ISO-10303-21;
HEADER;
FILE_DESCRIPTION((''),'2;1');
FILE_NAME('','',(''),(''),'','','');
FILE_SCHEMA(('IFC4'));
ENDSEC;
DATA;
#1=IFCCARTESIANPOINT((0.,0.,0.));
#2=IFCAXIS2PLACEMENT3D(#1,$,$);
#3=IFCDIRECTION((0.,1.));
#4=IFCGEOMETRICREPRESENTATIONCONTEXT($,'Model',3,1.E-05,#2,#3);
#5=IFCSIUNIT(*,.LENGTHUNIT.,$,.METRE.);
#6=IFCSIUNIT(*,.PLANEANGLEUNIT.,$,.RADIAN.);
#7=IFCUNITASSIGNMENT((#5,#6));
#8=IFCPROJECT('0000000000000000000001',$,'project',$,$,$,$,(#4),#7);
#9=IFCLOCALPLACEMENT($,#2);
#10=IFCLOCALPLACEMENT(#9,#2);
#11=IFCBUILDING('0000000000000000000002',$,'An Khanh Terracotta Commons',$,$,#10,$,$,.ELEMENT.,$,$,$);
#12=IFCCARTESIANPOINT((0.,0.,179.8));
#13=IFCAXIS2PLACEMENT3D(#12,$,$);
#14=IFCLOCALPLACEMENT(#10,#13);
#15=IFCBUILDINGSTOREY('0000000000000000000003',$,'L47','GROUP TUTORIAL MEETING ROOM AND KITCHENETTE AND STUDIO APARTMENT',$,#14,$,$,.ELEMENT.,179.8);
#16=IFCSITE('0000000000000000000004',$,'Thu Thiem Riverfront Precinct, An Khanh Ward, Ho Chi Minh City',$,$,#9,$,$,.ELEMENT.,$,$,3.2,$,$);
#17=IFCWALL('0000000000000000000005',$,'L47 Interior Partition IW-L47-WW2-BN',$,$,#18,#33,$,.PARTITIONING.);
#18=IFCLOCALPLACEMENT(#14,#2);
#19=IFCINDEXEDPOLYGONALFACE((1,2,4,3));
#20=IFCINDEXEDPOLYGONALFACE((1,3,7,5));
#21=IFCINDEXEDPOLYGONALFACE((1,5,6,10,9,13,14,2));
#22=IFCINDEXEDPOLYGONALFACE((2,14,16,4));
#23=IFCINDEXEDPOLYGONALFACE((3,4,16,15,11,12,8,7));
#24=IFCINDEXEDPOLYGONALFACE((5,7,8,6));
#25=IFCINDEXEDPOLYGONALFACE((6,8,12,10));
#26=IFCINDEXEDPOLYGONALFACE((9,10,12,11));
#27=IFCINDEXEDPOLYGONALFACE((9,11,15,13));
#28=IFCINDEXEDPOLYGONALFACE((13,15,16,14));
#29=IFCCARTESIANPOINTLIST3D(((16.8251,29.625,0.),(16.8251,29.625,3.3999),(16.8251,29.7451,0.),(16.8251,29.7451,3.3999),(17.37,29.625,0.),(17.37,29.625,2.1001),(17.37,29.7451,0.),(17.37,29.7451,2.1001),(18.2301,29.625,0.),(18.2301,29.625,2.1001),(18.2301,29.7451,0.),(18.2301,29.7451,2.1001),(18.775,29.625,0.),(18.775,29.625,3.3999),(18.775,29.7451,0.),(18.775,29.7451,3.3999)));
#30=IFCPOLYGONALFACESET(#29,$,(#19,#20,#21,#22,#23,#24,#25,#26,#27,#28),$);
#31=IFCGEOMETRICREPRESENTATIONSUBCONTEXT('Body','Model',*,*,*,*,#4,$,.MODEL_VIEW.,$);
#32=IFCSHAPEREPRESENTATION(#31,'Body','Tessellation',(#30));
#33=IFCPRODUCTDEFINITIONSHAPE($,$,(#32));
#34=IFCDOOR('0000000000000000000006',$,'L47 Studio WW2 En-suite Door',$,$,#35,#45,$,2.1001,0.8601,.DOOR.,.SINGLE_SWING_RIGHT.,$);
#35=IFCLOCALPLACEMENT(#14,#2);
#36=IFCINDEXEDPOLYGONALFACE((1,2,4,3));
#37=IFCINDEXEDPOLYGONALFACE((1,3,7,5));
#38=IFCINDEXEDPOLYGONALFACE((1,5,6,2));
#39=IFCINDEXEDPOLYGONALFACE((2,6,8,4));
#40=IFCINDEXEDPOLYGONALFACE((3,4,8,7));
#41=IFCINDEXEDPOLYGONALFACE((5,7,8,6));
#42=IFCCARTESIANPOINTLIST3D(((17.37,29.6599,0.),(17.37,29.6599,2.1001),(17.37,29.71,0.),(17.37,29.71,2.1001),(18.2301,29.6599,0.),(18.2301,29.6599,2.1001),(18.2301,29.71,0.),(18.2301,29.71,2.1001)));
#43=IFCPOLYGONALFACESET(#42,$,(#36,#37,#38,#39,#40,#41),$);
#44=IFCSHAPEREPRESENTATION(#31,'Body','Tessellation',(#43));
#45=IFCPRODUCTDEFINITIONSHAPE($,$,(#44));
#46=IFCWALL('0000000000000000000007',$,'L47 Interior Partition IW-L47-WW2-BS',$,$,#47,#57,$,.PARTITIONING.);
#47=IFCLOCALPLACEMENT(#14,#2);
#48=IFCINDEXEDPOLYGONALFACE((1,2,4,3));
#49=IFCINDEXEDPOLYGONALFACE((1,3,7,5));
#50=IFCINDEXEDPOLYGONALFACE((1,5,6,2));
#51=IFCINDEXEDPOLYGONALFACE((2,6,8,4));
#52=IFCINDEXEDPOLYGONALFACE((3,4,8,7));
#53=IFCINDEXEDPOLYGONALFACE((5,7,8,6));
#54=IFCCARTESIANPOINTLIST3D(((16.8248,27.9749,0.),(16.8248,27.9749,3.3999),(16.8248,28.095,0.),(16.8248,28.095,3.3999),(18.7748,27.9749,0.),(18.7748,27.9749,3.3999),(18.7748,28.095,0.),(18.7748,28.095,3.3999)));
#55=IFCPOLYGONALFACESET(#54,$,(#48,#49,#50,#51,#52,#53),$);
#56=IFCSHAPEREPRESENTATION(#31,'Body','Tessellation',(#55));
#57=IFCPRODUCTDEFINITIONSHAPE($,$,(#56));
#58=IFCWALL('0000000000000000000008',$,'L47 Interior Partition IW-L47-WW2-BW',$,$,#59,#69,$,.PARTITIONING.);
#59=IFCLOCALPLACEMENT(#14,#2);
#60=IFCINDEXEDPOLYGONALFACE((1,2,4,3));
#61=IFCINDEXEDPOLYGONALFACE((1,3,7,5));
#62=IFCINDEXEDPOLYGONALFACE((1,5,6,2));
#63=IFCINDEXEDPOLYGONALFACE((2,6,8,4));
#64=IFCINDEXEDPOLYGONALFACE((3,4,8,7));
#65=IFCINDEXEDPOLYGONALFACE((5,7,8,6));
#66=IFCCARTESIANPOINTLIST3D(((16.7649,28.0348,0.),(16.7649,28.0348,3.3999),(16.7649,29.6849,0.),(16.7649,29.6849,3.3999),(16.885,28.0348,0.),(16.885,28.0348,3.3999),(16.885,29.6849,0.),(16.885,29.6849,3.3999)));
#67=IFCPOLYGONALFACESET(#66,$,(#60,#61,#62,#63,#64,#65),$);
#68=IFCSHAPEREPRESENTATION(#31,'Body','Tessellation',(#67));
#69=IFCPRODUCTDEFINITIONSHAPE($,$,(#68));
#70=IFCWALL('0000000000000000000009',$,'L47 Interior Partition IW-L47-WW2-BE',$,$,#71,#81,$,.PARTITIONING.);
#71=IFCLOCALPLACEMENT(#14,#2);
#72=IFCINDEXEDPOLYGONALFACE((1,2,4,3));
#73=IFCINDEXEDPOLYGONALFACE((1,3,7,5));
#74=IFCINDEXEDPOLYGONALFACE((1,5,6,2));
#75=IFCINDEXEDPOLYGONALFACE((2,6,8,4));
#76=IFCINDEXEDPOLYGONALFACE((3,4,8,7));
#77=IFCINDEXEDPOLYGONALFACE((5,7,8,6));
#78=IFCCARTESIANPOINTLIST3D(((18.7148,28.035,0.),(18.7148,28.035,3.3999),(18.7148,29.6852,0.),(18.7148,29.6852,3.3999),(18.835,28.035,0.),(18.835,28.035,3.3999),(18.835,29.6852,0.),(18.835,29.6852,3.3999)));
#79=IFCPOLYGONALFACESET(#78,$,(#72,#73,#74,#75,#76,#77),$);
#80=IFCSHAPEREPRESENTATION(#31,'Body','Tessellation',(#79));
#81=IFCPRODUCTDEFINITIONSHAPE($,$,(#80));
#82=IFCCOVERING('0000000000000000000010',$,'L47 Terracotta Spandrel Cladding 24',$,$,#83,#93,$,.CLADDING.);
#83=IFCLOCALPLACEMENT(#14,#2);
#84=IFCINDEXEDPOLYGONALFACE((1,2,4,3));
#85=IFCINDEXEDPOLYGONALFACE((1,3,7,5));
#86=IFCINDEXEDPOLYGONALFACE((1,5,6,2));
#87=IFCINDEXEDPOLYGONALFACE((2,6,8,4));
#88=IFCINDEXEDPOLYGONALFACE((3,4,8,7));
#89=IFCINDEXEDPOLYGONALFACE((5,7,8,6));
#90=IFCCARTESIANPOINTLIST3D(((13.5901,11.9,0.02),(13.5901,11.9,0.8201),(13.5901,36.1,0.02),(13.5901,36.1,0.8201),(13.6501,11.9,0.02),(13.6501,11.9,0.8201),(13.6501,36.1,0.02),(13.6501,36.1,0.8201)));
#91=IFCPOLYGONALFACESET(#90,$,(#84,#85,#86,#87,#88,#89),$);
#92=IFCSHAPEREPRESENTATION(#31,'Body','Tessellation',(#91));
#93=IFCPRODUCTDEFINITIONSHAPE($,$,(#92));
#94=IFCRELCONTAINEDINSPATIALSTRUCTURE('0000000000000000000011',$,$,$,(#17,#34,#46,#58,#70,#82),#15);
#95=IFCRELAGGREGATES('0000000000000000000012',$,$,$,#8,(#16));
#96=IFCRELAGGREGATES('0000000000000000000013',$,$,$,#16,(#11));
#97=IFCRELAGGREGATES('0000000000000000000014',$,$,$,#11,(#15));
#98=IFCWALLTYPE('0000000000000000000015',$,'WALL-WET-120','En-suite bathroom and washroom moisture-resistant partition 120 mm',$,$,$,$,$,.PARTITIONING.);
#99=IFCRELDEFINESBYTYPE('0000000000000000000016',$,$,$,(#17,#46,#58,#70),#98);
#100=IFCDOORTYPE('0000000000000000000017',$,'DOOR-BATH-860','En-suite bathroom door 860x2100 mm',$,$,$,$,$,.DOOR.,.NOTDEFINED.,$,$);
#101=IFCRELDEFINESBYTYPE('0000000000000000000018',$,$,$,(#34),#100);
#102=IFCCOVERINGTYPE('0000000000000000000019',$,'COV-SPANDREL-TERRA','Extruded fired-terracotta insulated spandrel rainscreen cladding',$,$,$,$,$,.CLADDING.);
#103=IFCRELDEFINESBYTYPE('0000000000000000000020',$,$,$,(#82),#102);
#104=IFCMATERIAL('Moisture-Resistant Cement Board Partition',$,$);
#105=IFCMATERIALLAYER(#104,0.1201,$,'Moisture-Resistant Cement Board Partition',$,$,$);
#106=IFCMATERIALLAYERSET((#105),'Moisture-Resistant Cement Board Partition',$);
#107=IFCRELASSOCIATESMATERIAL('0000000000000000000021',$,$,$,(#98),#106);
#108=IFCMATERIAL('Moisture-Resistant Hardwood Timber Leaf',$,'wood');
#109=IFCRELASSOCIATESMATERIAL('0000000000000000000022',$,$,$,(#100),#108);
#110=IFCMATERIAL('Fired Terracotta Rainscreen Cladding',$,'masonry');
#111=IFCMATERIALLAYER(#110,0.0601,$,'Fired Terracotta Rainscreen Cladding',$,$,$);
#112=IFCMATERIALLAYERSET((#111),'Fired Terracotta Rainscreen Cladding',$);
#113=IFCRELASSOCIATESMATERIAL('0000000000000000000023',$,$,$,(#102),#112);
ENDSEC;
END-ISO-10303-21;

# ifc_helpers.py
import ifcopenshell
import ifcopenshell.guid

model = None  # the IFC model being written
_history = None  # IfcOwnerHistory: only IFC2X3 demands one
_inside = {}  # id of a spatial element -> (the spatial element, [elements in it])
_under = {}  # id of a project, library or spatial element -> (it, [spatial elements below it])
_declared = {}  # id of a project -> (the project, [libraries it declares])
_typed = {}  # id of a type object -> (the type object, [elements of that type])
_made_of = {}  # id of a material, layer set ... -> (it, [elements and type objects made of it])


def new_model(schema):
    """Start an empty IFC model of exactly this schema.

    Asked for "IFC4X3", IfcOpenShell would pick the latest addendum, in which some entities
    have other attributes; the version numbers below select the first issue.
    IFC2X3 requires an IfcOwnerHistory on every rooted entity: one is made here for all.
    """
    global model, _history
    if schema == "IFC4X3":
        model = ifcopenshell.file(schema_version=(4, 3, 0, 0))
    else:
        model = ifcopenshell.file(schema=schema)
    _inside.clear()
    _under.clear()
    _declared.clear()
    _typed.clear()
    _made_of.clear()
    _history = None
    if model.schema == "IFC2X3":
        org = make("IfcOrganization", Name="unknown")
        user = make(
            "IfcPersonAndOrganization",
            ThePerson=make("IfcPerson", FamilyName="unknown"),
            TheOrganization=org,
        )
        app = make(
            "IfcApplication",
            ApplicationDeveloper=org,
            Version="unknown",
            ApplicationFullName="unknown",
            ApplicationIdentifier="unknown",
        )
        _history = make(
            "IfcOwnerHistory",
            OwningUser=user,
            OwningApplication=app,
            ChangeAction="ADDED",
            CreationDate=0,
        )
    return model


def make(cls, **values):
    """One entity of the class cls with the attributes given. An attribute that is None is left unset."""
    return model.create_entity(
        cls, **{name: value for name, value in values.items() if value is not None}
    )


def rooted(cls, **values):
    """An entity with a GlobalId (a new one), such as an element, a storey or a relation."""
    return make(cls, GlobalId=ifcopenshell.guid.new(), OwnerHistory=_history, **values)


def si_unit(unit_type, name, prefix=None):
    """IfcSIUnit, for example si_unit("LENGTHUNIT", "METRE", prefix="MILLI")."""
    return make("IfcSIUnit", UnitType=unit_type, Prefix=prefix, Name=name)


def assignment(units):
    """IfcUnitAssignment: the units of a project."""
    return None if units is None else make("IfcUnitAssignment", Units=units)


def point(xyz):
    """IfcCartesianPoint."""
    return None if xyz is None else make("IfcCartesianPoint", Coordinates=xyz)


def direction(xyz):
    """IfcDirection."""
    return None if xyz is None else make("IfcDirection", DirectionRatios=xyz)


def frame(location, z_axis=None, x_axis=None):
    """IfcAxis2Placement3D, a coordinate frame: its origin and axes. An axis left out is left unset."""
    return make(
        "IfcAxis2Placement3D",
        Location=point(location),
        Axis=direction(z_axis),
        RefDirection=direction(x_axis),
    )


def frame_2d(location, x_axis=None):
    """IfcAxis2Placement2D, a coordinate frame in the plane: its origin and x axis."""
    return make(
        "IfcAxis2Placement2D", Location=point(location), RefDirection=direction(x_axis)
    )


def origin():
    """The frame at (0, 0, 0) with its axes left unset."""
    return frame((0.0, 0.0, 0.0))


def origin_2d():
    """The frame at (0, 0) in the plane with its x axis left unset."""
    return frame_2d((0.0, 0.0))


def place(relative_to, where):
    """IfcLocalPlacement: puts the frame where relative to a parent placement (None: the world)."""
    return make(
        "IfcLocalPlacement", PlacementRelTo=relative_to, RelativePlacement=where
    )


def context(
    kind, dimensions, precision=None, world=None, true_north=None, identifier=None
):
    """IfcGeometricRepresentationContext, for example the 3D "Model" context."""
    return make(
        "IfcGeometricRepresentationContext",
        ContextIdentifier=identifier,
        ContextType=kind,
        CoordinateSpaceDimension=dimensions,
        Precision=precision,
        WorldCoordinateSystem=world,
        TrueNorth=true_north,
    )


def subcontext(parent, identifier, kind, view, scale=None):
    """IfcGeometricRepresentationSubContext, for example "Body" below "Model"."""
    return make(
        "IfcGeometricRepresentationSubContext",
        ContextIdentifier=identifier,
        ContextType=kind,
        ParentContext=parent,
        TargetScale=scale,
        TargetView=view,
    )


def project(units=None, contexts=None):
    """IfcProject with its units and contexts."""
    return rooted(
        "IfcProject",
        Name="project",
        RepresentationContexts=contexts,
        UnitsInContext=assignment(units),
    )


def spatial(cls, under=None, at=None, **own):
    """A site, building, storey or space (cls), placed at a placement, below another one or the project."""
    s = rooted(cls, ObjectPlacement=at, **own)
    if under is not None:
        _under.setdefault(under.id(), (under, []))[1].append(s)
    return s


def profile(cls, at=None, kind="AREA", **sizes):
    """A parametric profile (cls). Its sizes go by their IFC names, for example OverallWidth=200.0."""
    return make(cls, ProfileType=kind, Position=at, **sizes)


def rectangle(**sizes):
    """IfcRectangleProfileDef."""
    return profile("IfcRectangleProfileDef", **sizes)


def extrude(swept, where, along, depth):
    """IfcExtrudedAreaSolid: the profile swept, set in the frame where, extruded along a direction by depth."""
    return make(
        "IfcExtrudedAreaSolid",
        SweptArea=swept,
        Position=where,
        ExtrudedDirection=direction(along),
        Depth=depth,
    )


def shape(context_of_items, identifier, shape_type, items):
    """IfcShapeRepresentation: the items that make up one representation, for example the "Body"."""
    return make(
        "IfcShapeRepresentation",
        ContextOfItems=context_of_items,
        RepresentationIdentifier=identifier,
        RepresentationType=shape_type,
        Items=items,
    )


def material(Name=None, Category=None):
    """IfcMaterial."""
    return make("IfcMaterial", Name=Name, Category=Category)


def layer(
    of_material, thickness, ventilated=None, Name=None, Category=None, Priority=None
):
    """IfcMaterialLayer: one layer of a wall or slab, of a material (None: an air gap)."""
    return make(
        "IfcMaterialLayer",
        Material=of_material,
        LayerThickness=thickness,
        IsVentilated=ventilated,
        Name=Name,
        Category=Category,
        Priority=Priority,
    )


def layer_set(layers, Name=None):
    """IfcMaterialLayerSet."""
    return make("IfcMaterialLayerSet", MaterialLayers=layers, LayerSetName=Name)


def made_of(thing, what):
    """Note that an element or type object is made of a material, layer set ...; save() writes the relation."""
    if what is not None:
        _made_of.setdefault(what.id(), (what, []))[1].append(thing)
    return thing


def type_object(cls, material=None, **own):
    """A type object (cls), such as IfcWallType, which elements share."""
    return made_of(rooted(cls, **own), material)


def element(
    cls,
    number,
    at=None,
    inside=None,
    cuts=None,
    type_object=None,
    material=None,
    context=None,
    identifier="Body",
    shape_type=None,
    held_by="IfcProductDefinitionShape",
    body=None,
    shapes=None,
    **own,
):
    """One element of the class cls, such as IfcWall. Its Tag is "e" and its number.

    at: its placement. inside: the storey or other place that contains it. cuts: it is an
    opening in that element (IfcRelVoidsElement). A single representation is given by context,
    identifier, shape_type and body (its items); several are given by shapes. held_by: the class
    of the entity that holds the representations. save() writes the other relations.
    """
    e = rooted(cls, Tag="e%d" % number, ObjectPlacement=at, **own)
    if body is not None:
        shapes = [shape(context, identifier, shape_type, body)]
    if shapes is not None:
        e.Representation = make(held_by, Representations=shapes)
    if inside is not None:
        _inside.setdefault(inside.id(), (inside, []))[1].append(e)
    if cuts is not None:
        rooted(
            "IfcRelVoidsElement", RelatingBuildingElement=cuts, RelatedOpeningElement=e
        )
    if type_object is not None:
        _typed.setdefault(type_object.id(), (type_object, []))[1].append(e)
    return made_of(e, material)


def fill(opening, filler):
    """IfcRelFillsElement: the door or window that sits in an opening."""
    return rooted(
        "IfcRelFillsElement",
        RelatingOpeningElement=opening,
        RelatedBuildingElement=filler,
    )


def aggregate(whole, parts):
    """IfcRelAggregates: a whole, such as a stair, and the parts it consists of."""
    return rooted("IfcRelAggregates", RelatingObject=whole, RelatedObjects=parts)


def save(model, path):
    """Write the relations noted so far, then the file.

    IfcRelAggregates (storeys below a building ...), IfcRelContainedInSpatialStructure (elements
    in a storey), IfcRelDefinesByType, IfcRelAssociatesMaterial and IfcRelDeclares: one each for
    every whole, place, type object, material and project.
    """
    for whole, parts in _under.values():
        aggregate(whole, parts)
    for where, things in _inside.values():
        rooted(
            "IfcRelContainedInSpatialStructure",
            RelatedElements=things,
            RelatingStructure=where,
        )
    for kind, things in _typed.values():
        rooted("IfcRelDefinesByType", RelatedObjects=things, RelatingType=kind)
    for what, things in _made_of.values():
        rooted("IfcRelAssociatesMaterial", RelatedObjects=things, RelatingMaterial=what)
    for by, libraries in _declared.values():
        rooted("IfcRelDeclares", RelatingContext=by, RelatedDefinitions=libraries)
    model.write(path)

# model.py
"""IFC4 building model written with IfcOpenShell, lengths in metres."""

from ifc_helpers import new_model, si_unit, direction, frame, frame_2d, origin, origin_2d, place, context, subcontext, project, spatial, rectangle, extrude, material, layer, layer_set, type_object, element, fill, save


model = new_model("IFC4")

# Units and contexts
model_context = context("Model", 3, precision=1e-05, world=origin(), true_north=direction((0.0, 1.0)))
body_context = subcontext(model_context, "Body", "Model", "MODEL_VIEW")
ifc_project = project(units=[si_unit("LENGTHUNIT", "METRE"), si_unit("PLANEANGLEUNIT", "RADIAN")], contexts=[model_context])

# Site, building, storey
site_placement = place(None, origin())
site = spatial("IfcSite", under=ifc_project, at=site_placement, Name="Thu Thiem Riverfront Precinct, An Khanh Ward, Ho Chi Minh City", CompositionType="ELEMENT", RefElevation=3.2)
building_placement = place(site_placement, origin())
building = spatial("IfcBuilding", under=site, at=building_placement, Name="An Khanh Terracotta Commons", CompositionType="ELEMENT")
storey_placement = place(building_placement, frame((0.0, 0.0, 179.8)))
storey = spatial("IfcBuildingStorey", under=building, at=storey_placement, Name="L47", Description="GROUP TUTORIAL MEETING ROOM AND KITCHENETTE AND STUDIO APARTMENT", CompositionType="ELEMENT", Elevation=179.8)

# Wall, opening, door
ifc_material_1 = material(Name="Moisture-Resistant Cement Board Partition")
ifc_layer_1 = layer(ifc_material_1, 0.1201, Name="Moisture-Resistant Cement Board Partition")
ifc_layer_set_1 = layer_set([ifc_layer_1], Name="Moisture-Resistant Cement Board Partition")
wall_type_1 = type_object("IfcWallType", Name="WALL-WET-120", Description="En-suite bathroom and washroom moisture-resistant partition 120 mm", PredefinedType="PARTITIONING", material=ifc_layer_set_1)
wall_1_placement = place(storey_placement, frame((16.825, 29.6851, 0.0), z_axis=(0.0, 0.0, 1.0), x_axis=(1.0, 0.0, 0.0)))
wall_1 = element("IfcWall", 1, at=wall_1_placement, inside=storey, type_object=wall_type_1, Name="L47 Interior Partition IW-L47-WW2-BN", PredefinedType="PARTITIONING", context=body_context, shape_type="SweptSolid", body=[
    extrude(rectangle(XDim=1.95, YDim=0.1201, at=frame_2d((0.9751, 0.0))), origin(), (0.0, 0.0, 1.0), 3.3999),
])
opening_1_placement = place(wall_1_placement, frame((0.5449, 0.0, 0.0)))
opening_1 = element("IfcOpeningElement", 2, at=opening_1_placement, cuts=wall_1, PredefinedType="OPENING", context=body_context, shape_type="SweptSolid", body=[
    extrude(rectangle(XDim=0.8601, YDim=2.1001, at=frame_2d((0.4302, 1.05))), frame((0.0, 0.0701, 0.0), z_axis=(0.0, -1.0, 0.0), x_axis=(1.0, 0.0, 0.0)), (0.0, 0.0, 1.0), 0.1401),
])
ifc_material_2 = material(Name="Moisture-Resistant Hardwood Timber Leaf", Category="wood")
door_type_1 = type_object("IfcDoorType", Name="DOOR-BATH-860", Description="En-suite bathroom door 860x2100 mm", OperationType="NOTDEFINED", PredefinedType="DOOR", material=ifc_material_2)
door_1_placement = place(opening_1_placement, origin())
door_1 = element("IfcDoor", 3, at=door_1_placement, inside=storey, type_object=door_type_1, Name="L47 Studio WW2 En-suite Door", OperationType="SINGLE_SWING_RIGHT", OverallHeight=2.1001, OverallWidth=0.8601, PredefinedType="DOOR", context=body_context, shape_type="SweptSolid", body=[
    extrude(rectangle(XDim=0.8601, YDim=2.1001, at=frame_2d((0.4302, 1.05))), frame((0.0, 0.0249, 0.0), z_axis=(0.0, -1.0, 0.0), x_axis=(1.0, 0.0, 0.0)), (0.0, 0.0, 1.0), 0.05),
])
fill(opening_1, door_1)

# Walls
wall_2_placement = place(storey_placement, frame((18.7749, 28.0349, 0.0), z_axis=(0.0, 0.0, 1.0), x_axis=(-1.0, 0.0, 0.0)))
element("IfcWall", 4, at=wall_2_placement, inside=storey, type_object=wall_type_1, Name="L47 Interior Partition IW-L47-WW2-BS", PredefinedType="PARTITIONING", context=body_context, shape_type="SweptSolid", body=[
    extrude(rectangle(XDim=1.95, YDim=0.1201, at=frame_2d((0.9751, 0.0))), origin(), (0.0, 0.0, 1.0), 3.3999),
])
for number, where, z_axis, x_axis, name in (
    (5, (16.825, 29.6851, 0.0), (0.0, 0.0, 1.0), (0.0, -1.0, 0.0), "L47 Interior Partition IW-L47-WW2-BW"),
    (6, (18.7749, 28.0349, 0.0), (0.0, 0.0, 1.0), (0.0, 1.0, 0.0), "L47 Interior Partition IW-L47-WW2-BE"),
):
    element("IfcWall", number, at=place(storey_placement, frame(where, z_axis=z_axis, x_axis=x_axis)), inside=storey, type_object=wall_type_1, Name=name, PredefinedType="PARTITIONING", context=body_context, shape_type="SweptSolid", body=[
        extrude(rectangle(XDim=1.6501, YDim=0.1201, at=frame_2d((0.8252, 0.0))), origin(), (0.0, 0.0, 1.0), 3.3999),
    ])

# Covering
ifc_material_3 = material(Name="Fired Terracotta Rainscreen Cladding", Category="masonry")
ifc_layer_2 = layer(ifc_material_3, 0.0601, Name="Fired Terracotta Rainscreen Cladding")
ifc_layer_set_2 = layer_set([ifc_layer_2], Name="Fired Terracotta Rainscreen Cladding")
covering_type = type_object("IfcCoveringType", Name="COV-SPANDREL-TERRA", Description="Extruded fired-terracotta insulated spandrel rainscreen cladding", PredefinedType="CLADDING", material=ifc_layer_set_2)
covering_placement = place(storey_placement, frame((13.6201, 24.0, 0.02), z_axis=(0.0, 0.0, 1.0), x_axis=(0.0, -1.0, 0.0)))
element("IfcCovering", 7, at=covering_placement, inside=storey, type_object=covering_type, Name="L47 Terracotta Spandrel Cladding 24", PredefinedType="CLADDING", context=body_context, shape_type="SweptSolid", body=[
    extrude(rectangle(XDim=24.2, YDim=0.0601, at=origin_2d()), origin(), (0.0, 0.0, 1.0), 0.8),
])

save(model, "model.ifc")
